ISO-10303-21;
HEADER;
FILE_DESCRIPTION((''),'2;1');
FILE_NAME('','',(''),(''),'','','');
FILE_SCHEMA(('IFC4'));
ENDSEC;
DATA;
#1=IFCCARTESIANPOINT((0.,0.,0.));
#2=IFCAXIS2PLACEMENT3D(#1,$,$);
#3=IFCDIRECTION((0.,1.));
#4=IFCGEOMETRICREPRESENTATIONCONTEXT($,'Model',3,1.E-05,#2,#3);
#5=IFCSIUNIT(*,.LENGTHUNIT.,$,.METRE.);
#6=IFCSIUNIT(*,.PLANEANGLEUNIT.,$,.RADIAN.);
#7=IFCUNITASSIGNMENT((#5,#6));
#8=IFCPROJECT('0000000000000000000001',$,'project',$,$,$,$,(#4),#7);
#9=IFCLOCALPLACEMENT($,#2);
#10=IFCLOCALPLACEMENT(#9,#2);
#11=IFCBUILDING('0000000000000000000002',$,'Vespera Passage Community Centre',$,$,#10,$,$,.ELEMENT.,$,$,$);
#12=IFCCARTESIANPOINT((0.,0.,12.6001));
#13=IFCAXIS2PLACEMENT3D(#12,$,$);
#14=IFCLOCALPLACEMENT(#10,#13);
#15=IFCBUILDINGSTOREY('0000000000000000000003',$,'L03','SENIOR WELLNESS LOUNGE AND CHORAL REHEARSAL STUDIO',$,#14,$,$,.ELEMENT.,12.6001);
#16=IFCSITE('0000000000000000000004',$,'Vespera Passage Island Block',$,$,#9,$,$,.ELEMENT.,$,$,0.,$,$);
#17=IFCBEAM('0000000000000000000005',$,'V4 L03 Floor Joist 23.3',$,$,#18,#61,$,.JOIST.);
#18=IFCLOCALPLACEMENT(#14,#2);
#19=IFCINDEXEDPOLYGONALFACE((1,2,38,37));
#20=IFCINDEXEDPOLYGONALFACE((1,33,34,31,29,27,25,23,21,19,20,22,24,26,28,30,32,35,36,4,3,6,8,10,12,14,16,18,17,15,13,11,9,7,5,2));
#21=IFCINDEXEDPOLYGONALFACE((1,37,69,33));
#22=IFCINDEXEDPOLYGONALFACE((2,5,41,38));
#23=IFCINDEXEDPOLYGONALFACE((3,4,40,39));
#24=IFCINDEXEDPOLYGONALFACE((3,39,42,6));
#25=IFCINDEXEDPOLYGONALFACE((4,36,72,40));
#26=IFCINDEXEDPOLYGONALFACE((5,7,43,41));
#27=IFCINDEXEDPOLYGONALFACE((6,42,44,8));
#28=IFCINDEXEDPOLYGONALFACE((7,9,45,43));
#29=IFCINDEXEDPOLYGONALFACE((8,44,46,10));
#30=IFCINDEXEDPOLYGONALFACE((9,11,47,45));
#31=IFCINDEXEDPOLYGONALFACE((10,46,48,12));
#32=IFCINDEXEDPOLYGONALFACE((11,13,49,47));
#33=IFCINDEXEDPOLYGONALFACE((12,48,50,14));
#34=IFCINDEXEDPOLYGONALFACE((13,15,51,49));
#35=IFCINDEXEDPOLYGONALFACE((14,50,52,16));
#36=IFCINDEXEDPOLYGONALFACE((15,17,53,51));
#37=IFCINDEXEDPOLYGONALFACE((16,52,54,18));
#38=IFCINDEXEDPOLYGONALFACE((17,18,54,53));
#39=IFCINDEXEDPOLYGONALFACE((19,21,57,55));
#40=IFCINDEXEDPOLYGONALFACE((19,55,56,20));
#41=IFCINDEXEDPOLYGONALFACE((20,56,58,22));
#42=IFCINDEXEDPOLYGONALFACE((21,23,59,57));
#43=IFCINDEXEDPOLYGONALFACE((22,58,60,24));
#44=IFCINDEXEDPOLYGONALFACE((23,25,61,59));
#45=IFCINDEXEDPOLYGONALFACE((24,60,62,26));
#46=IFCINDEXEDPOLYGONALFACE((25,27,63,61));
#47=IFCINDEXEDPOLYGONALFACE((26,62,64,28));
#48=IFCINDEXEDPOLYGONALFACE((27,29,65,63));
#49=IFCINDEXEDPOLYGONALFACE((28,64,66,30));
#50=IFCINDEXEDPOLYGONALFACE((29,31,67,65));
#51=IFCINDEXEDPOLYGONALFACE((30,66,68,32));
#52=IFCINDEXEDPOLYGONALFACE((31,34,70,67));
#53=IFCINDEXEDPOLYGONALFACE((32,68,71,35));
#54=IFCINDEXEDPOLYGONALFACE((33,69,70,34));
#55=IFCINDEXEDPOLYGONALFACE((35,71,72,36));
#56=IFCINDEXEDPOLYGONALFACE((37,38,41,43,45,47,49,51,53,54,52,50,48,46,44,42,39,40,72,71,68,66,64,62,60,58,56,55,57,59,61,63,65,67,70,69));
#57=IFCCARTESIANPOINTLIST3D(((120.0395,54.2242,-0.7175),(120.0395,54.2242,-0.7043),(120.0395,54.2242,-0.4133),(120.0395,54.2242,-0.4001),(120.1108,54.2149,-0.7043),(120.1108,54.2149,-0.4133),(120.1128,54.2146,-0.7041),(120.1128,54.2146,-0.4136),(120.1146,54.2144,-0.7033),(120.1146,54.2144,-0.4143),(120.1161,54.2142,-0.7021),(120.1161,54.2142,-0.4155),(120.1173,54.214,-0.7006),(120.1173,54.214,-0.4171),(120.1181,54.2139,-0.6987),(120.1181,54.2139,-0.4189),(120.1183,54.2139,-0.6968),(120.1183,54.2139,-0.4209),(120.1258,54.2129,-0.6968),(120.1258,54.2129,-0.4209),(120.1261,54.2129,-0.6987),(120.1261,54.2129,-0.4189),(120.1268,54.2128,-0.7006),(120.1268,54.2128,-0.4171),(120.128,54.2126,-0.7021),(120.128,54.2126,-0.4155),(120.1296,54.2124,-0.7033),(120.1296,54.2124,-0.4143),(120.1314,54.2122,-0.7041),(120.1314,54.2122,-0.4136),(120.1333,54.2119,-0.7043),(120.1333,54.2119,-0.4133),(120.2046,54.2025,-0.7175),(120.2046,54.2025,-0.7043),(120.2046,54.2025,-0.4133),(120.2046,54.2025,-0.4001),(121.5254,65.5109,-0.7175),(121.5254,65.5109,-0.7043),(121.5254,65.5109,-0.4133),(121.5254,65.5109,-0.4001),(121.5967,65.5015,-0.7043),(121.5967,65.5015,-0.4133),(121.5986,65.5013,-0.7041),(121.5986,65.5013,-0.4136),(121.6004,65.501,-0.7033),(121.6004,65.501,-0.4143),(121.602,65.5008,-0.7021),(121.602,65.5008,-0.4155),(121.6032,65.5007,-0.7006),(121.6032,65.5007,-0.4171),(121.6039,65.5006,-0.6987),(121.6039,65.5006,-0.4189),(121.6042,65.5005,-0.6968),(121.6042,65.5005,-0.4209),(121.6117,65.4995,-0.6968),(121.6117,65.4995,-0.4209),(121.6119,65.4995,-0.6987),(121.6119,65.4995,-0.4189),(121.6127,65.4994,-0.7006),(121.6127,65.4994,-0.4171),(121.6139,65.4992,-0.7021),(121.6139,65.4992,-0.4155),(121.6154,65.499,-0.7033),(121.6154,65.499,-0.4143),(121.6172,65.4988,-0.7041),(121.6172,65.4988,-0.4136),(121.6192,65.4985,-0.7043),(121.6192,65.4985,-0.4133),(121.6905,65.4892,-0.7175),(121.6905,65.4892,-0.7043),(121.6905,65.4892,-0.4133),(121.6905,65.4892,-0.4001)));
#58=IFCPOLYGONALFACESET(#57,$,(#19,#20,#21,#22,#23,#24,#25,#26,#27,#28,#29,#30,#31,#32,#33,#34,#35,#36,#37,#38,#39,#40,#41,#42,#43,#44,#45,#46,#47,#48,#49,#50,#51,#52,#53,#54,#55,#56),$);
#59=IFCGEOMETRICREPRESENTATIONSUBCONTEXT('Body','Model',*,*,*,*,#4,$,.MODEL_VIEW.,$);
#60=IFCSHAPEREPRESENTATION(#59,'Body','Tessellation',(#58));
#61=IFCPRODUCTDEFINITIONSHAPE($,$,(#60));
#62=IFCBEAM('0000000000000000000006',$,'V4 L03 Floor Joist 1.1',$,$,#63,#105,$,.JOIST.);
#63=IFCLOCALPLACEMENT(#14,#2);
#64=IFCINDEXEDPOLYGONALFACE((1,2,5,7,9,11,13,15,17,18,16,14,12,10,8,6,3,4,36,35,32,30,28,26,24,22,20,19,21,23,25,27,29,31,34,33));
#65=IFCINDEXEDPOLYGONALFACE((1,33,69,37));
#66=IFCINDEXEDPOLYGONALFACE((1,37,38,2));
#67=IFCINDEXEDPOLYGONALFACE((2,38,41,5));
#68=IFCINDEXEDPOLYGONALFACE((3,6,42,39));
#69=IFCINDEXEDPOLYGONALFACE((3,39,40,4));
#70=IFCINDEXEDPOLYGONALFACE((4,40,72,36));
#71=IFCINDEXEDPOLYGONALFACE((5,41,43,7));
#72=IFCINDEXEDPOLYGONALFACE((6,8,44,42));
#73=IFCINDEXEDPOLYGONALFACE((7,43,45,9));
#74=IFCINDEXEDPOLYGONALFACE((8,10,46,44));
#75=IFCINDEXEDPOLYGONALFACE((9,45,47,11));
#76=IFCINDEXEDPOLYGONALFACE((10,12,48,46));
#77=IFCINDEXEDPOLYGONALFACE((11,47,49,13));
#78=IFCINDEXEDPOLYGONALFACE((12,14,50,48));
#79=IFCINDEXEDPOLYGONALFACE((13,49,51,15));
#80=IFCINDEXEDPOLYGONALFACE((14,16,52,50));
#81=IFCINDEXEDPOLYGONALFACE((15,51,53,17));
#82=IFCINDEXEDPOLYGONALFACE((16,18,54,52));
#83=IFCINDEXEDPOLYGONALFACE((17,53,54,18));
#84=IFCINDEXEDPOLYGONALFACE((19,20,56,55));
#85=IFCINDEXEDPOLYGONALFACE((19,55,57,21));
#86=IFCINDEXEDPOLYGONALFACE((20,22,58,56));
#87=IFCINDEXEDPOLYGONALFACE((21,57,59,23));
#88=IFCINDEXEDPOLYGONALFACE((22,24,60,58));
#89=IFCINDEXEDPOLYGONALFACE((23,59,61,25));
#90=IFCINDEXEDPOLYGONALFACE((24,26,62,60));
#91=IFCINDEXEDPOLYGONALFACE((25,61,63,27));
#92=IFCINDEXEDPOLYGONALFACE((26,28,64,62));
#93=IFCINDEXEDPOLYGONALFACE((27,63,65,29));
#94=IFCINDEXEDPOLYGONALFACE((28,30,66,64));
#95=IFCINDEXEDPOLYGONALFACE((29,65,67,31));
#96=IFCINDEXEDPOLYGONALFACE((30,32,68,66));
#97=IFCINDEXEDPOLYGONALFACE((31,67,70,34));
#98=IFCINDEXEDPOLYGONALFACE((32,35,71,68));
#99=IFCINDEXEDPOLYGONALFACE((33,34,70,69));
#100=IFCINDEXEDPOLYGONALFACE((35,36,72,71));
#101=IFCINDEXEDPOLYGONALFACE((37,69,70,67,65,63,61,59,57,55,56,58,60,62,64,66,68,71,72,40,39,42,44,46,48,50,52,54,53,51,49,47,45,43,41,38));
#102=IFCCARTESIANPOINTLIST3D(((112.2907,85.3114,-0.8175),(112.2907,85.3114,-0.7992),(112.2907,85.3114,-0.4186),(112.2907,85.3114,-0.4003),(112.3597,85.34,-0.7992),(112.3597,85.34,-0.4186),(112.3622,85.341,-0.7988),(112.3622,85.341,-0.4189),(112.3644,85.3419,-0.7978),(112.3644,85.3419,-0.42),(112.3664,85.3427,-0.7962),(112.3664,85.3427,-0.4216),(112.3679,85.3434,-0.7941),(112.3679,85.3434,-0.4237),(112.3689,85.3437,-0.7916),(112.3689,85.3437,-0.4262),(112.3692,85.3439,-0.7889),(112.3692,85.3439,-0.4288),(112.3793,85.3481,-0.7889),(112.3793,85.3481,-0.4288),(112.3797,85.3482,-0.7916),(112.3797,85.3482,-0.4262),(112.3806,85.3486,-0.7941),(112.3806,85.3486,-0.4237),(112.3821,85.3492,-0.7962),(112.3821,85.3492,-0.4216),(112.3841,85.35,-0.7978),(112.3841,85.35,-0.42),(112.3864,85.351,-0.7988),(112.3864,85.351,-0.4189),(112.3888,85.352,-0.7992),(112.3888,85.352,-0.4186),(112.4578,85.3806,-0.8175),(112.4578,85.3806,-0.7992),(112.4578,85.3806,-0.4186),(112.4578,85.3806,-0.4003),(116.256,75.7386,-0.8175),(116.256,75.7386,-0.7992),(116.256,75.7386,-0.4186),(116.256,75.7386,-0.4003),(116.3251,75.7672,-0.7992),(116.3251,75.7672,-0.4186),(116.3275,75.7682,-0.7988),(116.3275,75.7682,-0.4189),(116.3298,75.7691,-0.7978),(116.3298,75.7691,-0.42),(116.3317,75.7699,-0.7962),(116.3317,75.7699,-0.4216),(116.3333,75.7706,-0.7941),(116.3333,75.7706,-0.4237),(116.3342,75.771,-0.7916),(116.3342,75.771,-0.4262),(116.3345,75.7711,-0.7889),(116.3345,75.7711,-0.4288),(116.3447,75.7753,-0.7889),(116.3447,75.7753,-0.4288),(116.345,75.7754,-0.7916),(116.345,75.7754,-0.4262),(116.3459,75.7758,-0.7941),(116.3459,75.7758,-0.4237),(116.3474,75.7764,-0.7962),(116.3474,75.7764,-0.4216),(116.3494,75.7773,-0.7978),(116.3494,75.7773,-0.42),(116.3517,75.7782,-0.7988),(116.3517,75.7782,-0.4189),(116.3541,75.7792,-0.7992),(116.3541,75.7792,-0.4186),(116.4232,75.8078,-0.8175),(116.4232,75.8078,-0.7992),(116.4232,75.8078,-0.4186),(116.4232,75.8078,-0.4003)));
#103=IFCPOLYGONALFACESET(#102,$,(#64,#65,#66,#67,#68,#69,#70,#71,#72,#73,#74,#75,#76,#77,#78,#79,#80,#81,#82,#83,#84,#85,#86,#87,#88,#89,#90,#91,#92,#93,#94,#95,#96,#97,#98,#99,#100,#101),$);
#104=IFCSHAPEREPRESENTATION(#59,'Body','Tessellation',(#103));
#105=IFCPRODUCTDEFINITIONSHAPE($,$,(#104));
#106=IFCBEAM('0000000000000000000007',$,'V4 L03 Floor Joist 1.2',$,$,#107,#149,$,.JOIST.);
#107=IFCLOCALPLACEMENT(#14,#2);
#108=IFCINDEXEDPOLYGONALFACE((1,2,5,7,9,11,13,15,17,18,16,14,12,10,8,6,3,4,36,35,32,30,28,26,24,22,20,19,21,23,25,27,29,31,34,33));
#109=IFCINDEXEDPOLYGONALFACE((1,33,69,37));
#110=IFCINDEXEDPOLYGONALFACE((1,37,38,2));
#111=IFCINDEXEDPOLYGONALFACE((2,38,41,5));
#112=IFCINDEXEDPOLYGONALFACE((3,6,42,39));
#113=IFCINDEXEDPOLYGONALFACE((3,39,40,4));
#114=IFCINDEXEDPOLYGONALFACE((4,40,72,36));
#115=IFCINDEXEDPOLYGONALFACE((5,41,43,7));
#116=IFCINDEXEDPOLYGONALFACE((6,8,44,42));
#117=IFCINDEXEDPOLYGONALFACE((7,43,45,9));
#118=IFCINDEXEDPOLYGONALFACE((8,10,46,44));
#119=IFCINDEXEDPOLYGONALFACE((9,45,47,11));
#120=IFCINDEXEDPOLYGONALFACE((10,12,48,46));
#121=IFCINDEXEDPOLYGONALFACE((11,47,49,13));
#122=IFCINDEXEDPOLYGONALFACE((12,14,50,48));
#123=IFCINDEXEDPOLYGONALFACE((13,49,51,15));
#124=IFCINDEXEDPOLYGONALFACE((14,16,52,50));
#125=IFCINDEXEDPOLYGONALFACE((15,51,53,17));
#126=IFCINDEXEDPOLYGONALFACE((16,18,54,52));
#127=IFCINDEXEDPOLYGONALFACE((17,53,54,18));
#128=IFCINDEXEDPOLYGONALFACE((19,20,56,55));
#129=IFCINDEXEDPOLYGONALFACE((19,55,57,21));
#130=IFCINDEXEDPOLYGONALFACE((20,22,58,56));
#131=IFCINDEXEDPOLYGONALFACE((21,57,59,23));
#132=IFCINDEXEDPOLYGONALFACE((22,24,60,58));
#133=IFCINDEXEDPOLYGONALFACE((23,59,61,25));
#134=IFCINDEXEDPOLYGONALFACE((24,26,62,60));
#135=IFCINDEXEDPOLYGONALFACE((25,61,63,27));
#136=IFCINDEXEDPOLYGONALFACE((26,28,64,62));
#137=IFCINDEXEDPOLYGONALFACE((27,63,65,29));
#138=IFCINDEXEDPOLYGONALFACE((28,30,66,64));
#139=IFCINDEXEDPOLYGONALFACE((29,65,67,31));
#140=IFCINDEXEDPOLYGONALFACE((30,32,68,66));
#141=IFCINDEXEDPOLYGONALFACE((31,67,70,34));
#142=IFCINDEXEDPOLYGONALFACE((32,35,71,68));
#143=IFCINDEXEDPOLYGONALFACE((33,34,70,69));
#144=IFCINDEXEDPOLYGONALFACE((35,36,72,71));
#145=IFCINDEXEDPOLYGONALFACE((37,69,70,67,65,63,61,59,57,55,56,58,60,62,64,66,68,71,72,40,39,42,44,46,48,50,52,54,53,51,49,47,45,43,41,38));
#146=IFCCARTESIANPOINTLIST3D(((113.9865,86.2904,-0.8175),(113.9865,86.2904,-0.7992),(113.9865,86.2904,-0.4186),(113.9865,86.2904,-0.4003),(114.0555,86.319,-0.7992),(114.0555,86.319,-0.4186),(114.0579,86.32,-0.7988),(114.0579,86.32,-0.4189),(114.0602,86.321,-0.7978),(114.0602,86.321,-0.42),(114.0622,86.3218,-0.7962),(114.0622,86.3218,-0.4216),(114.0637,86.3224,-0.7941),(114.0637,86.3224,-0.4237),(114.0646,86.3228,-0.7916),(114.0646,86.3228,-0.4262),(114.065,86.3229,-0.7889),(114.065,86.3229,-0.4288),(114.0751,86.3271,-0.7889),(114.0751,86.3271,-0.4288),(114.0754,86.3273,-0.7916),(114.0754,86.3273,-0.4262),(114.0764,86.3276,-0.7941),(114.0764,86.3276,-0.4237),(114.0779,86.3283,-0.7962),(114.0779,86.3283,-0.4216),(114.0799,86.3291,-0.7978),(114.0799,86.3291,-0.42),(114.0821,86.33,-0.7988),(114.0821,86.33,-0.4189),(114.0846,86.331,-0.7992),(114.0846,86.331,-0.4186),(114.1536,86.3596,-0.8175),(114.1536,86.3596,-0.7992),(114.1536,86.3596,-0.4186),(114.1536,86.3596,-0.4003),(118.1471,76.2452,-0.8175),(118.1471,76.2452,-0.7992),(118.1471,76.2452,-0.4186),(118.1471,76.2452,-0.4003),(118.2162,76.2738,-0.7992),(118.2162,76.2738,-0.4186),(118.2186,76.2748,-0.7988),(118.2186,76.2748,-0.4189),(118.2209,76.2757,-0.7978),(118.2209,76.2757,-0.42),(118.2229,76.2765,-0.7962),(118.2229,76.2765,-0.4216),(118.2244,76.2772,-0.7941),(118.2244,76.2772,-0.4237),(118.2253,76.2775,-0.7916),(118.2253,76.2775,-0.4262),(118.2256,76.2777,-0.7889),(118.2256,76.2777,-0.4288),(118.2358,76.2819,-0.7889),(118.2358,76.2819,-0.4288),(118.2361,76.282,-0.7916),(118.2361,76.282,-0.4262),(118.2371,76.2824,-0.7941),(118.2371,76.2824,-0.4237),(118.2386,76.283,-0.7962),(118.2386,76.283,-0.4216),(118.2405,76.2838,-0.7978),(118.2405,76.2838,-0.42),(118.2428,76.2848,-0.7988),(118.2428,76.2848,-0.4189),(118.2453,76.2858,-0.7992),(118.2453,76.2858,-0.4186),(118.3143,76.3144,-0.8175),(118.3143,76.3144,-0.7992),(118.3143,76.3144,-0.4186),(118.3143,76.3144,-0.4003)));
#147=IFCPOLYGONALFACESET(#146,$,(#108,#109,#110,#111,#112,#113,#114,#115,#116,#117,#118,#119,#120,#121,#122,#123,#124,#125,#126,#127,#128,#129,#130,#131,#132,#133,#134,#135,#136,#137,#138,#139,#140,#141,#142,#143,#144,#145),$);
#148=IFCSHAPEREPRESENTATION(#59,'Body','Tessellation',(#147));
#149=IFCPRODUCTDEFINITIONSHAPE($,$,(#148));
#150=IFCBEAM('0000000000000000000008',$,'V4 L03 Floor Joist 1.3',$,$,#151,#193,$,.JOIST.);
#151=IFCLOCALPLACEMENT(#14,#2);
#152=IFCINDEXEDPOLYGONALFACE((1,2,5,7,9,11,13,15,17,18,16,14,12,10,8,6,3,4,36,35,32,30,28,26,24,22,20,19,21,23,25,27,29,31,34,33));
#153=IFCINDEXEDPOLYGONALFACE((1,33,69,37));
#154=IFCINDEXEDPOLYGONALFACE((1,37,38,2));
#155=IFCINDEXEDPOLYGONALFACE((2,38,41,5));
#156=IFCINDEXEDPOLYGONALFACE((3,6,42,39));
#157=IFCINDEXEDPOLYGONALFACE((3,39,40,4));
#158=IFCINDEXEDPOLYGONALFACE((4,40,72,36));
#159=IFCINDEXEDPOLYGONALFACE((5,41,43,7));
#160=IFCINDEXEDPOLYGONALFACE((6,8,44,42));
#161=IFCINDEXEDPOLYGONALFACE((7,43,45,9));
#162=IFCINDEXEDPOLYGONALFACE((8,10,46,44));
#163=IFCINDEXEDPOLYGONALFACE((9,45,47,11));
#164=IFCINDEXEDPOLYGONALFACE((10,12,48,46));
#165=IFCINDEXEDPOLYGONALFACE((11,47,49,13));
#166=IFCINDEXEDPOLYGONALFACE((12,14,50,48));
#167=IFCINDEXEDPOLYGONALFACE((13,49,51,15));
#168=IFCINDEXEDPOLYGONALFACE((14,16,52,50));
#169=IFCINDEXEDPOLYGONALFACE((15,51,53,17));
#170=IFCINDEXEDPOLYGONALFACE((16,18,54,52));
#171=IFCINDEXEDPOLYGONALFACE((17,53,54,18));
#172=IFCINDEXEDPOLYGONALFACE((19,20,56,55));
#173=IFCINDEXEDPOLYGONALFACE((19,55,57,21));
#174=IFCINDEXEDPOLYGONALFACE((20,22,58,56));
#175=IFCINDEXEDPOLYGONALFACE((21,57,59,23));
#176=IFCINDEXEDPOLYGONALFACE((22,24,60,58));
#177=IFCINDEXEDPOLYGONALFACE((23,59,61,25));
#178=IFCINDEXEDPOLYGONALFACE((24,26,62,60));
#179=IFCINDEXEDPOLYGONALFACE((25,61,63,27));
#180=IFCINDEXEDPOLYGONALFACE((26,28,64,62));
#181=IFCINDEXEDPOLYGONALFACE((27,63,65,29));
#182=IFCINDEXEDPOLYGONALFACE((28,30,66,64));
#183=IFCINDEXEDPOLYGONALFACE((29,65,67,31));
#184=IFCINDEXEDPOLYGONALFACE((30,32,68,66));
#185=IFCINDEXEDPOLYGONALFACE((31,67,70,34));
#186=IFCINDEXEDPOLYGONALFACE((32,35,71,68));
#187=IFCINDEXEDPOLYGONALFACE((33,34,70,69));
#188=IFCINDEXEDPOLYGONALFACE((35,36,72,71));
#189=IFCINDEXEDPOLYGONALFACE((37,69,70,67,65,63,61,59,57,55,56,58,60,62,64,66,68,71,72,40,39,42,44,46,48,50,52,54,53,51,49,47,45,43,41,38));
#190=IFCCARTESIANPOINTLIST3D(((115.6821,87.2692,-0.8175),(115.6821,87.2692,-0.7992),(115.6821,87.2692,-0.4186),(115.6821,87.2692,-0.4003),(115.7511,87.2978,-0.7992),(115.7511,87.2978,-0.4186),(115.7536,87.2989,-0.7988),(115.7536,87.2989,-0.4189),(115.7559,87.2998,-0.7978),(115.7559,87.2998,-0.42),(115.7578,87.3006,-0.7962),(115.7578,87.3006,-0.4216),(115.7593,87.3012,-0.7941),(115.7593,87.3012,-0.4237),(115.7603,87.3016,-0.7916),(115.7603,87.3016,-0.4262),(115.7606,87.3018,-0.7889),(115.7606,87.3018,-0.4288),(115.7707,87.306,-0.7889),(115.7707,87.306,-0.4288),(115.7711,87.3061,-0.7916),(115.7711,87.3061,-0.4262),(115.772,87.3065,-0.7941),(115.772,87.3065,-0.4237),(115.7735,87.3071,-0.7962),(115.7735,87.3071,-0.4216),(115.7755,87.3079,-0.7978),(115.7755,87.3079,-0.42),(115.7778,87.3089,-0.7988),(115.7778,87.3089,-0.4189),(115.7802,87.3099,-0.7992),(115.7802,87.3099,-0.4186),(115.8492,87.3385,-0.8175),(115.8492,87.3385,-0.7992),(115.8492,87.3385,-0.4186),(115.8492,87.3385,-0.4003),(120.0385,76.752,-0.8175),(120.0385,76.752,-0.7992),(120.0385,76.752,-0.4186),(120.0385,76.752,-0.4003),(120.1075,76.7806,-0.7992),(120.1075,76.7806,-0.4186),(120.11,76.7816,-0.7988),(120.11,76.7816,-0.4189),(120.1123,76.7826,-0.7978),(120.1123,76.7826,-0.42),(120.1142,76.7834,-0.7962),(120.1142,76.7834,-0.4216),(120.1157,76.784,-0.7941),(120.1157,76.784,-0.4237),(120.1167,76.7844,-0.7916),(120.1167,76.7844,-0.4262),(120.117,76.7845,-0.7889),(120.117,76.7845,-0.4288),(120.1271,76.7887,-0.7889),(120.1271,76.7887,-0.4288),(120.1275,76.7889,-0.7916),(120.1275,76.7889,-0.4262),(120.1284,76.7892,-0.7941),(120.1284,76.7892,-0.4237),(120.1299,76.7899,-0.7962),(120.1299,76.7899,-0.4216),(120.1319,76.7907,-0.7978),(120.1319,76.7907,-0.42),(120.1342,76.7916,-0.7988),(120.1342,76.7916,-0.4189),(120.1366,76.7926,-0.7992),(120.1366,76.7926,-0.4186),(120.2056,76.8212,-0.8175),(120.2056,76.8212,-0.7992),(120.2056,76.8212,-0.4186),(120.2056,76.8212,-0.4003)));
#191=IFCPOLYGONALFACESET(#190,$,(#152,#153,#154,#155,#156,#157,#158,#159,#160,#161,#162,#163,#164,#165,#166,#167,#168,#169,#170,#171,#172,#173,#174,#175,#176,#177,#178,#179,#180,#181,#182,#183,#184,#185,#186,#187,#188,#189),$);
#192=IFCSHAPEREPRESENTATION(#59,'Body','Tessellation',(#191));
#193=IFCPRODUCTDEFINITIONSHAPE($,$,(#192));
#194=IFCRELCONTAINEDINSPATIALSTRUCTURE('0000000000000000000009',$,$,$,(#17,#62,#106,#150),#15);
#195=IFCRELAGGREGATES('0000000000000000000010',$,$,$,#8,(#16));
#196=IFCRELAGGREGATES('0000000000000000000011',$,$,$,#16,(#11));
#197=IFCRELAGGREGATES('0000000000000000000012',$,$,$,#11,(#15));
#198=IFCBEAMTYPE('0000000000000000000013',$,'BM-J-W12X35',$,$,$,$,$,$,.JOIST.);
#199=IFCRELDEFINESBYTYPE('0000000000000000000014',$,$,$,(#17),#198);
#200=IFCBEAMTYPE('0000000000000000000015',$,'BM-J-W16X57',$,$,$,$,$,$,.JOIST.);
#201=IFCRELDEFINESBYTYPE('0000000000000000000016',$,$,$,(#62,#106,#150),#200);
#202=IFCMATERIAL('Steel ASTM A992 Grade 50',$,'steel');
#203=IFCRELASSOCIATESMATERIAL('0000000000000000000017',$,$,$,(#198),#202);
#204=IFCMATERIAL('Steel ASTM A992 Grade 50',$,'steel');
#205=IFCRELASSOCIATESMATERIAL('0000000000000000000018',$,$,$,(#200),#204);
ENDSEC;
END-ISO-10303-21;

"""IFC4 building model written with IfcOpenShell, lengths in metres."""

from ifc_helpers import new_model, si_unit, direction, frame, origin, origin_2d, place, context, subcontext, project, spatial, i_section, extrude, material, material_profile, profile_set, type_object, element, save


model = new_model("IFC4")

# Units and contexts
model_context = context("Model", 3, precision=1e-05, world=origin(), true_north=direction((0.0, 1.0)))
body_context = subcontext(model_context, "Body", "Model", "MODEL_VIEW")
ifc_project = project(units=[si_unit("LENGTHUNIT", "METRE"), si_unit("PLANEANGLEUNIT", "RADIAN")], contexts=[model_context])

# Site, building, storey
site_placement = place(None, origin())
site = spatial("IfcSite", under=ifc_project, at=site_placement, Name="Vespera Passage Island Block", CompositionType="ELEMENT", RefElevation=0.0)
building_placement = place(site_placement, origin())
building = spatial("IfcBuilding", under=site, at=building_placement, Name="Vespera Passage Community Centre", CompositionType="ELEMENT")
storey_placement = place(building_placement, frame((0.0, 0.0, 12.6001)))
storey = spatial("IfcBuildingStorey", under=building, at=storey_placement, Name="L03", Description="SENIOR WELLNESS LOUNGE AND CHORAL REHEARSAL STUDIO", CompositionType="ELEMENT", Elevation=12.6001)

# Beams
ifc_material_1 = material(Name="Steel ASTM A992 Grade 50", Category="steel")
ifc_material_profile_1 = material_profile(ifc_material_1, i_section(OverallWidth=0.1665, OverallDepth=0.3174, WebThickness=0.0076, FlangeThickness=0.0132, FilletRadius=0.0076, at=origin_2d()), Name="W12X35")
ifc_profile_set_1 = profile_set([ifc_material_profile_1], Name="Steel ASTM A992 Grade 50")
beam_type_1 = type_object("IfcBeamType", Name="BM-J-W12X35", PredefinedType="JOIST", material=ifc_profile_set_1)
beam_1_placement = place(storey_placement, frame((120.1221, 54.2134, -0.5588), z_axis=(0.13052, 0.991446, 0.0), x_axis=(-0.991446, 0.13052, 0.0)))
element("IfcBeam", 1, at=beam_1_placement, inside=storey, type_object=beam_type_1, Name="V4 L03 Floor Joist 23.3", PredefinedType="JOIST", context=body_context, shape_type="SweptSolid", body=[
    extrude(i_section(OverallWidth=0.1665, OverallDepth=0.3174, WebThickness=0.0076, FlangeThickness=0.0132, FilletRadius=0.0076, at=origin_2d()), origin(), (0.0, 0.0, 1.0), 11.384),
])
ifc_material_2 = material(Name="Steel ASTM A992 Grade 50", Category="steel")
ifc_material_profile_2 = material_profile(ifc_material_2, i_section(OverallWidth=0.1809, OverallDepth=0.4172, WebThickness=0.011, FlangeThickness=0.0183, FilletRadius=0.0103, at=origin_2d()), Name="W16X57")
ifc_profile_set_2 = profile_set([ifc_material_profile_2], Name="Steel ASTM A992 Grade 50")
beam_type_2 = type_object("IfcBeamType", Name="BM-J-W16X57", PredefinedType="JOIST", material=ifc_profile_set_2)
beam_2_placement = place(storey_placement, frame((116.3396, 75.7732, -0.6089), z_axis=(-0.382697, 0.923874, 0.0), x_axis=(-0.923874, -0.382697, 0.0)))
element("IfcBeam", 2, at=beam_2_placement, inside=storey, type_object=beam_type_2, Name="V4 L03 Floor Joist 1.1", PredefinedType="JOIST", context=body_context, shape_type="SweptSolid", body=[
    extrude(i_section(OverallWidth=0.1809, OverallDepth=0.4172, WebThickness=0.011, FlangeThickness=0.0183, FilletRadius=0.0103, at=origin_2d()), origin(), (0.0, 0.0, 1.0), 10.3616),
])
beam_3_placement = place(storey_placement, frame((118.2307, 76.2798, -0.6089), z_axis=(-0.382668, 0.923886, 0.0), x_axis=(-0.923886, -0.382668, 0.0)))
element("IfcBeam", 3, at=beam_3_placement, inside=storey, type_object=beam_type_2, Name="V4 L03 Floor Joist 1.2", PredefinedType="JOIST", context=body_context, shape_type="SweptSolid", body=[
    extrude(i_section(OverallWidth=0.1809, OverallDepth=0.4172, WebThickness=0.011, FlangeThickness=0.0183, FilletRadius=0.0103, at=origin_2d()), origin(), (0.0, 0.0, 1.0), 10.8728),
])
beam_4_placement = place(storey_placement, frame((120.1221, 76.7866, -0.6089), z_axis=(-0.382685, 0.923879, 0.0), x_axis=(-0.923879, -0.382685, 0.0)))
element("IfcBeam", 4, at=beam_4_placement, inside=storey, type_object=beam_type_2, Name="V4 L03 Floor Joist 1.3", PredefinedType="JOIST", context=body_context, shape_type="SweptSolid", body=[
    extrude(i_section(OverallWidth=0.1809, OverallDepth=0.4172, WebThickness=0.011, FlangeThickness=0.0183, FilletRadius=0.0103, at=origin_2d()), origin(), (0.0, 0.0, 1.0), 11.3838),
])

save(model, "model.ifc")
